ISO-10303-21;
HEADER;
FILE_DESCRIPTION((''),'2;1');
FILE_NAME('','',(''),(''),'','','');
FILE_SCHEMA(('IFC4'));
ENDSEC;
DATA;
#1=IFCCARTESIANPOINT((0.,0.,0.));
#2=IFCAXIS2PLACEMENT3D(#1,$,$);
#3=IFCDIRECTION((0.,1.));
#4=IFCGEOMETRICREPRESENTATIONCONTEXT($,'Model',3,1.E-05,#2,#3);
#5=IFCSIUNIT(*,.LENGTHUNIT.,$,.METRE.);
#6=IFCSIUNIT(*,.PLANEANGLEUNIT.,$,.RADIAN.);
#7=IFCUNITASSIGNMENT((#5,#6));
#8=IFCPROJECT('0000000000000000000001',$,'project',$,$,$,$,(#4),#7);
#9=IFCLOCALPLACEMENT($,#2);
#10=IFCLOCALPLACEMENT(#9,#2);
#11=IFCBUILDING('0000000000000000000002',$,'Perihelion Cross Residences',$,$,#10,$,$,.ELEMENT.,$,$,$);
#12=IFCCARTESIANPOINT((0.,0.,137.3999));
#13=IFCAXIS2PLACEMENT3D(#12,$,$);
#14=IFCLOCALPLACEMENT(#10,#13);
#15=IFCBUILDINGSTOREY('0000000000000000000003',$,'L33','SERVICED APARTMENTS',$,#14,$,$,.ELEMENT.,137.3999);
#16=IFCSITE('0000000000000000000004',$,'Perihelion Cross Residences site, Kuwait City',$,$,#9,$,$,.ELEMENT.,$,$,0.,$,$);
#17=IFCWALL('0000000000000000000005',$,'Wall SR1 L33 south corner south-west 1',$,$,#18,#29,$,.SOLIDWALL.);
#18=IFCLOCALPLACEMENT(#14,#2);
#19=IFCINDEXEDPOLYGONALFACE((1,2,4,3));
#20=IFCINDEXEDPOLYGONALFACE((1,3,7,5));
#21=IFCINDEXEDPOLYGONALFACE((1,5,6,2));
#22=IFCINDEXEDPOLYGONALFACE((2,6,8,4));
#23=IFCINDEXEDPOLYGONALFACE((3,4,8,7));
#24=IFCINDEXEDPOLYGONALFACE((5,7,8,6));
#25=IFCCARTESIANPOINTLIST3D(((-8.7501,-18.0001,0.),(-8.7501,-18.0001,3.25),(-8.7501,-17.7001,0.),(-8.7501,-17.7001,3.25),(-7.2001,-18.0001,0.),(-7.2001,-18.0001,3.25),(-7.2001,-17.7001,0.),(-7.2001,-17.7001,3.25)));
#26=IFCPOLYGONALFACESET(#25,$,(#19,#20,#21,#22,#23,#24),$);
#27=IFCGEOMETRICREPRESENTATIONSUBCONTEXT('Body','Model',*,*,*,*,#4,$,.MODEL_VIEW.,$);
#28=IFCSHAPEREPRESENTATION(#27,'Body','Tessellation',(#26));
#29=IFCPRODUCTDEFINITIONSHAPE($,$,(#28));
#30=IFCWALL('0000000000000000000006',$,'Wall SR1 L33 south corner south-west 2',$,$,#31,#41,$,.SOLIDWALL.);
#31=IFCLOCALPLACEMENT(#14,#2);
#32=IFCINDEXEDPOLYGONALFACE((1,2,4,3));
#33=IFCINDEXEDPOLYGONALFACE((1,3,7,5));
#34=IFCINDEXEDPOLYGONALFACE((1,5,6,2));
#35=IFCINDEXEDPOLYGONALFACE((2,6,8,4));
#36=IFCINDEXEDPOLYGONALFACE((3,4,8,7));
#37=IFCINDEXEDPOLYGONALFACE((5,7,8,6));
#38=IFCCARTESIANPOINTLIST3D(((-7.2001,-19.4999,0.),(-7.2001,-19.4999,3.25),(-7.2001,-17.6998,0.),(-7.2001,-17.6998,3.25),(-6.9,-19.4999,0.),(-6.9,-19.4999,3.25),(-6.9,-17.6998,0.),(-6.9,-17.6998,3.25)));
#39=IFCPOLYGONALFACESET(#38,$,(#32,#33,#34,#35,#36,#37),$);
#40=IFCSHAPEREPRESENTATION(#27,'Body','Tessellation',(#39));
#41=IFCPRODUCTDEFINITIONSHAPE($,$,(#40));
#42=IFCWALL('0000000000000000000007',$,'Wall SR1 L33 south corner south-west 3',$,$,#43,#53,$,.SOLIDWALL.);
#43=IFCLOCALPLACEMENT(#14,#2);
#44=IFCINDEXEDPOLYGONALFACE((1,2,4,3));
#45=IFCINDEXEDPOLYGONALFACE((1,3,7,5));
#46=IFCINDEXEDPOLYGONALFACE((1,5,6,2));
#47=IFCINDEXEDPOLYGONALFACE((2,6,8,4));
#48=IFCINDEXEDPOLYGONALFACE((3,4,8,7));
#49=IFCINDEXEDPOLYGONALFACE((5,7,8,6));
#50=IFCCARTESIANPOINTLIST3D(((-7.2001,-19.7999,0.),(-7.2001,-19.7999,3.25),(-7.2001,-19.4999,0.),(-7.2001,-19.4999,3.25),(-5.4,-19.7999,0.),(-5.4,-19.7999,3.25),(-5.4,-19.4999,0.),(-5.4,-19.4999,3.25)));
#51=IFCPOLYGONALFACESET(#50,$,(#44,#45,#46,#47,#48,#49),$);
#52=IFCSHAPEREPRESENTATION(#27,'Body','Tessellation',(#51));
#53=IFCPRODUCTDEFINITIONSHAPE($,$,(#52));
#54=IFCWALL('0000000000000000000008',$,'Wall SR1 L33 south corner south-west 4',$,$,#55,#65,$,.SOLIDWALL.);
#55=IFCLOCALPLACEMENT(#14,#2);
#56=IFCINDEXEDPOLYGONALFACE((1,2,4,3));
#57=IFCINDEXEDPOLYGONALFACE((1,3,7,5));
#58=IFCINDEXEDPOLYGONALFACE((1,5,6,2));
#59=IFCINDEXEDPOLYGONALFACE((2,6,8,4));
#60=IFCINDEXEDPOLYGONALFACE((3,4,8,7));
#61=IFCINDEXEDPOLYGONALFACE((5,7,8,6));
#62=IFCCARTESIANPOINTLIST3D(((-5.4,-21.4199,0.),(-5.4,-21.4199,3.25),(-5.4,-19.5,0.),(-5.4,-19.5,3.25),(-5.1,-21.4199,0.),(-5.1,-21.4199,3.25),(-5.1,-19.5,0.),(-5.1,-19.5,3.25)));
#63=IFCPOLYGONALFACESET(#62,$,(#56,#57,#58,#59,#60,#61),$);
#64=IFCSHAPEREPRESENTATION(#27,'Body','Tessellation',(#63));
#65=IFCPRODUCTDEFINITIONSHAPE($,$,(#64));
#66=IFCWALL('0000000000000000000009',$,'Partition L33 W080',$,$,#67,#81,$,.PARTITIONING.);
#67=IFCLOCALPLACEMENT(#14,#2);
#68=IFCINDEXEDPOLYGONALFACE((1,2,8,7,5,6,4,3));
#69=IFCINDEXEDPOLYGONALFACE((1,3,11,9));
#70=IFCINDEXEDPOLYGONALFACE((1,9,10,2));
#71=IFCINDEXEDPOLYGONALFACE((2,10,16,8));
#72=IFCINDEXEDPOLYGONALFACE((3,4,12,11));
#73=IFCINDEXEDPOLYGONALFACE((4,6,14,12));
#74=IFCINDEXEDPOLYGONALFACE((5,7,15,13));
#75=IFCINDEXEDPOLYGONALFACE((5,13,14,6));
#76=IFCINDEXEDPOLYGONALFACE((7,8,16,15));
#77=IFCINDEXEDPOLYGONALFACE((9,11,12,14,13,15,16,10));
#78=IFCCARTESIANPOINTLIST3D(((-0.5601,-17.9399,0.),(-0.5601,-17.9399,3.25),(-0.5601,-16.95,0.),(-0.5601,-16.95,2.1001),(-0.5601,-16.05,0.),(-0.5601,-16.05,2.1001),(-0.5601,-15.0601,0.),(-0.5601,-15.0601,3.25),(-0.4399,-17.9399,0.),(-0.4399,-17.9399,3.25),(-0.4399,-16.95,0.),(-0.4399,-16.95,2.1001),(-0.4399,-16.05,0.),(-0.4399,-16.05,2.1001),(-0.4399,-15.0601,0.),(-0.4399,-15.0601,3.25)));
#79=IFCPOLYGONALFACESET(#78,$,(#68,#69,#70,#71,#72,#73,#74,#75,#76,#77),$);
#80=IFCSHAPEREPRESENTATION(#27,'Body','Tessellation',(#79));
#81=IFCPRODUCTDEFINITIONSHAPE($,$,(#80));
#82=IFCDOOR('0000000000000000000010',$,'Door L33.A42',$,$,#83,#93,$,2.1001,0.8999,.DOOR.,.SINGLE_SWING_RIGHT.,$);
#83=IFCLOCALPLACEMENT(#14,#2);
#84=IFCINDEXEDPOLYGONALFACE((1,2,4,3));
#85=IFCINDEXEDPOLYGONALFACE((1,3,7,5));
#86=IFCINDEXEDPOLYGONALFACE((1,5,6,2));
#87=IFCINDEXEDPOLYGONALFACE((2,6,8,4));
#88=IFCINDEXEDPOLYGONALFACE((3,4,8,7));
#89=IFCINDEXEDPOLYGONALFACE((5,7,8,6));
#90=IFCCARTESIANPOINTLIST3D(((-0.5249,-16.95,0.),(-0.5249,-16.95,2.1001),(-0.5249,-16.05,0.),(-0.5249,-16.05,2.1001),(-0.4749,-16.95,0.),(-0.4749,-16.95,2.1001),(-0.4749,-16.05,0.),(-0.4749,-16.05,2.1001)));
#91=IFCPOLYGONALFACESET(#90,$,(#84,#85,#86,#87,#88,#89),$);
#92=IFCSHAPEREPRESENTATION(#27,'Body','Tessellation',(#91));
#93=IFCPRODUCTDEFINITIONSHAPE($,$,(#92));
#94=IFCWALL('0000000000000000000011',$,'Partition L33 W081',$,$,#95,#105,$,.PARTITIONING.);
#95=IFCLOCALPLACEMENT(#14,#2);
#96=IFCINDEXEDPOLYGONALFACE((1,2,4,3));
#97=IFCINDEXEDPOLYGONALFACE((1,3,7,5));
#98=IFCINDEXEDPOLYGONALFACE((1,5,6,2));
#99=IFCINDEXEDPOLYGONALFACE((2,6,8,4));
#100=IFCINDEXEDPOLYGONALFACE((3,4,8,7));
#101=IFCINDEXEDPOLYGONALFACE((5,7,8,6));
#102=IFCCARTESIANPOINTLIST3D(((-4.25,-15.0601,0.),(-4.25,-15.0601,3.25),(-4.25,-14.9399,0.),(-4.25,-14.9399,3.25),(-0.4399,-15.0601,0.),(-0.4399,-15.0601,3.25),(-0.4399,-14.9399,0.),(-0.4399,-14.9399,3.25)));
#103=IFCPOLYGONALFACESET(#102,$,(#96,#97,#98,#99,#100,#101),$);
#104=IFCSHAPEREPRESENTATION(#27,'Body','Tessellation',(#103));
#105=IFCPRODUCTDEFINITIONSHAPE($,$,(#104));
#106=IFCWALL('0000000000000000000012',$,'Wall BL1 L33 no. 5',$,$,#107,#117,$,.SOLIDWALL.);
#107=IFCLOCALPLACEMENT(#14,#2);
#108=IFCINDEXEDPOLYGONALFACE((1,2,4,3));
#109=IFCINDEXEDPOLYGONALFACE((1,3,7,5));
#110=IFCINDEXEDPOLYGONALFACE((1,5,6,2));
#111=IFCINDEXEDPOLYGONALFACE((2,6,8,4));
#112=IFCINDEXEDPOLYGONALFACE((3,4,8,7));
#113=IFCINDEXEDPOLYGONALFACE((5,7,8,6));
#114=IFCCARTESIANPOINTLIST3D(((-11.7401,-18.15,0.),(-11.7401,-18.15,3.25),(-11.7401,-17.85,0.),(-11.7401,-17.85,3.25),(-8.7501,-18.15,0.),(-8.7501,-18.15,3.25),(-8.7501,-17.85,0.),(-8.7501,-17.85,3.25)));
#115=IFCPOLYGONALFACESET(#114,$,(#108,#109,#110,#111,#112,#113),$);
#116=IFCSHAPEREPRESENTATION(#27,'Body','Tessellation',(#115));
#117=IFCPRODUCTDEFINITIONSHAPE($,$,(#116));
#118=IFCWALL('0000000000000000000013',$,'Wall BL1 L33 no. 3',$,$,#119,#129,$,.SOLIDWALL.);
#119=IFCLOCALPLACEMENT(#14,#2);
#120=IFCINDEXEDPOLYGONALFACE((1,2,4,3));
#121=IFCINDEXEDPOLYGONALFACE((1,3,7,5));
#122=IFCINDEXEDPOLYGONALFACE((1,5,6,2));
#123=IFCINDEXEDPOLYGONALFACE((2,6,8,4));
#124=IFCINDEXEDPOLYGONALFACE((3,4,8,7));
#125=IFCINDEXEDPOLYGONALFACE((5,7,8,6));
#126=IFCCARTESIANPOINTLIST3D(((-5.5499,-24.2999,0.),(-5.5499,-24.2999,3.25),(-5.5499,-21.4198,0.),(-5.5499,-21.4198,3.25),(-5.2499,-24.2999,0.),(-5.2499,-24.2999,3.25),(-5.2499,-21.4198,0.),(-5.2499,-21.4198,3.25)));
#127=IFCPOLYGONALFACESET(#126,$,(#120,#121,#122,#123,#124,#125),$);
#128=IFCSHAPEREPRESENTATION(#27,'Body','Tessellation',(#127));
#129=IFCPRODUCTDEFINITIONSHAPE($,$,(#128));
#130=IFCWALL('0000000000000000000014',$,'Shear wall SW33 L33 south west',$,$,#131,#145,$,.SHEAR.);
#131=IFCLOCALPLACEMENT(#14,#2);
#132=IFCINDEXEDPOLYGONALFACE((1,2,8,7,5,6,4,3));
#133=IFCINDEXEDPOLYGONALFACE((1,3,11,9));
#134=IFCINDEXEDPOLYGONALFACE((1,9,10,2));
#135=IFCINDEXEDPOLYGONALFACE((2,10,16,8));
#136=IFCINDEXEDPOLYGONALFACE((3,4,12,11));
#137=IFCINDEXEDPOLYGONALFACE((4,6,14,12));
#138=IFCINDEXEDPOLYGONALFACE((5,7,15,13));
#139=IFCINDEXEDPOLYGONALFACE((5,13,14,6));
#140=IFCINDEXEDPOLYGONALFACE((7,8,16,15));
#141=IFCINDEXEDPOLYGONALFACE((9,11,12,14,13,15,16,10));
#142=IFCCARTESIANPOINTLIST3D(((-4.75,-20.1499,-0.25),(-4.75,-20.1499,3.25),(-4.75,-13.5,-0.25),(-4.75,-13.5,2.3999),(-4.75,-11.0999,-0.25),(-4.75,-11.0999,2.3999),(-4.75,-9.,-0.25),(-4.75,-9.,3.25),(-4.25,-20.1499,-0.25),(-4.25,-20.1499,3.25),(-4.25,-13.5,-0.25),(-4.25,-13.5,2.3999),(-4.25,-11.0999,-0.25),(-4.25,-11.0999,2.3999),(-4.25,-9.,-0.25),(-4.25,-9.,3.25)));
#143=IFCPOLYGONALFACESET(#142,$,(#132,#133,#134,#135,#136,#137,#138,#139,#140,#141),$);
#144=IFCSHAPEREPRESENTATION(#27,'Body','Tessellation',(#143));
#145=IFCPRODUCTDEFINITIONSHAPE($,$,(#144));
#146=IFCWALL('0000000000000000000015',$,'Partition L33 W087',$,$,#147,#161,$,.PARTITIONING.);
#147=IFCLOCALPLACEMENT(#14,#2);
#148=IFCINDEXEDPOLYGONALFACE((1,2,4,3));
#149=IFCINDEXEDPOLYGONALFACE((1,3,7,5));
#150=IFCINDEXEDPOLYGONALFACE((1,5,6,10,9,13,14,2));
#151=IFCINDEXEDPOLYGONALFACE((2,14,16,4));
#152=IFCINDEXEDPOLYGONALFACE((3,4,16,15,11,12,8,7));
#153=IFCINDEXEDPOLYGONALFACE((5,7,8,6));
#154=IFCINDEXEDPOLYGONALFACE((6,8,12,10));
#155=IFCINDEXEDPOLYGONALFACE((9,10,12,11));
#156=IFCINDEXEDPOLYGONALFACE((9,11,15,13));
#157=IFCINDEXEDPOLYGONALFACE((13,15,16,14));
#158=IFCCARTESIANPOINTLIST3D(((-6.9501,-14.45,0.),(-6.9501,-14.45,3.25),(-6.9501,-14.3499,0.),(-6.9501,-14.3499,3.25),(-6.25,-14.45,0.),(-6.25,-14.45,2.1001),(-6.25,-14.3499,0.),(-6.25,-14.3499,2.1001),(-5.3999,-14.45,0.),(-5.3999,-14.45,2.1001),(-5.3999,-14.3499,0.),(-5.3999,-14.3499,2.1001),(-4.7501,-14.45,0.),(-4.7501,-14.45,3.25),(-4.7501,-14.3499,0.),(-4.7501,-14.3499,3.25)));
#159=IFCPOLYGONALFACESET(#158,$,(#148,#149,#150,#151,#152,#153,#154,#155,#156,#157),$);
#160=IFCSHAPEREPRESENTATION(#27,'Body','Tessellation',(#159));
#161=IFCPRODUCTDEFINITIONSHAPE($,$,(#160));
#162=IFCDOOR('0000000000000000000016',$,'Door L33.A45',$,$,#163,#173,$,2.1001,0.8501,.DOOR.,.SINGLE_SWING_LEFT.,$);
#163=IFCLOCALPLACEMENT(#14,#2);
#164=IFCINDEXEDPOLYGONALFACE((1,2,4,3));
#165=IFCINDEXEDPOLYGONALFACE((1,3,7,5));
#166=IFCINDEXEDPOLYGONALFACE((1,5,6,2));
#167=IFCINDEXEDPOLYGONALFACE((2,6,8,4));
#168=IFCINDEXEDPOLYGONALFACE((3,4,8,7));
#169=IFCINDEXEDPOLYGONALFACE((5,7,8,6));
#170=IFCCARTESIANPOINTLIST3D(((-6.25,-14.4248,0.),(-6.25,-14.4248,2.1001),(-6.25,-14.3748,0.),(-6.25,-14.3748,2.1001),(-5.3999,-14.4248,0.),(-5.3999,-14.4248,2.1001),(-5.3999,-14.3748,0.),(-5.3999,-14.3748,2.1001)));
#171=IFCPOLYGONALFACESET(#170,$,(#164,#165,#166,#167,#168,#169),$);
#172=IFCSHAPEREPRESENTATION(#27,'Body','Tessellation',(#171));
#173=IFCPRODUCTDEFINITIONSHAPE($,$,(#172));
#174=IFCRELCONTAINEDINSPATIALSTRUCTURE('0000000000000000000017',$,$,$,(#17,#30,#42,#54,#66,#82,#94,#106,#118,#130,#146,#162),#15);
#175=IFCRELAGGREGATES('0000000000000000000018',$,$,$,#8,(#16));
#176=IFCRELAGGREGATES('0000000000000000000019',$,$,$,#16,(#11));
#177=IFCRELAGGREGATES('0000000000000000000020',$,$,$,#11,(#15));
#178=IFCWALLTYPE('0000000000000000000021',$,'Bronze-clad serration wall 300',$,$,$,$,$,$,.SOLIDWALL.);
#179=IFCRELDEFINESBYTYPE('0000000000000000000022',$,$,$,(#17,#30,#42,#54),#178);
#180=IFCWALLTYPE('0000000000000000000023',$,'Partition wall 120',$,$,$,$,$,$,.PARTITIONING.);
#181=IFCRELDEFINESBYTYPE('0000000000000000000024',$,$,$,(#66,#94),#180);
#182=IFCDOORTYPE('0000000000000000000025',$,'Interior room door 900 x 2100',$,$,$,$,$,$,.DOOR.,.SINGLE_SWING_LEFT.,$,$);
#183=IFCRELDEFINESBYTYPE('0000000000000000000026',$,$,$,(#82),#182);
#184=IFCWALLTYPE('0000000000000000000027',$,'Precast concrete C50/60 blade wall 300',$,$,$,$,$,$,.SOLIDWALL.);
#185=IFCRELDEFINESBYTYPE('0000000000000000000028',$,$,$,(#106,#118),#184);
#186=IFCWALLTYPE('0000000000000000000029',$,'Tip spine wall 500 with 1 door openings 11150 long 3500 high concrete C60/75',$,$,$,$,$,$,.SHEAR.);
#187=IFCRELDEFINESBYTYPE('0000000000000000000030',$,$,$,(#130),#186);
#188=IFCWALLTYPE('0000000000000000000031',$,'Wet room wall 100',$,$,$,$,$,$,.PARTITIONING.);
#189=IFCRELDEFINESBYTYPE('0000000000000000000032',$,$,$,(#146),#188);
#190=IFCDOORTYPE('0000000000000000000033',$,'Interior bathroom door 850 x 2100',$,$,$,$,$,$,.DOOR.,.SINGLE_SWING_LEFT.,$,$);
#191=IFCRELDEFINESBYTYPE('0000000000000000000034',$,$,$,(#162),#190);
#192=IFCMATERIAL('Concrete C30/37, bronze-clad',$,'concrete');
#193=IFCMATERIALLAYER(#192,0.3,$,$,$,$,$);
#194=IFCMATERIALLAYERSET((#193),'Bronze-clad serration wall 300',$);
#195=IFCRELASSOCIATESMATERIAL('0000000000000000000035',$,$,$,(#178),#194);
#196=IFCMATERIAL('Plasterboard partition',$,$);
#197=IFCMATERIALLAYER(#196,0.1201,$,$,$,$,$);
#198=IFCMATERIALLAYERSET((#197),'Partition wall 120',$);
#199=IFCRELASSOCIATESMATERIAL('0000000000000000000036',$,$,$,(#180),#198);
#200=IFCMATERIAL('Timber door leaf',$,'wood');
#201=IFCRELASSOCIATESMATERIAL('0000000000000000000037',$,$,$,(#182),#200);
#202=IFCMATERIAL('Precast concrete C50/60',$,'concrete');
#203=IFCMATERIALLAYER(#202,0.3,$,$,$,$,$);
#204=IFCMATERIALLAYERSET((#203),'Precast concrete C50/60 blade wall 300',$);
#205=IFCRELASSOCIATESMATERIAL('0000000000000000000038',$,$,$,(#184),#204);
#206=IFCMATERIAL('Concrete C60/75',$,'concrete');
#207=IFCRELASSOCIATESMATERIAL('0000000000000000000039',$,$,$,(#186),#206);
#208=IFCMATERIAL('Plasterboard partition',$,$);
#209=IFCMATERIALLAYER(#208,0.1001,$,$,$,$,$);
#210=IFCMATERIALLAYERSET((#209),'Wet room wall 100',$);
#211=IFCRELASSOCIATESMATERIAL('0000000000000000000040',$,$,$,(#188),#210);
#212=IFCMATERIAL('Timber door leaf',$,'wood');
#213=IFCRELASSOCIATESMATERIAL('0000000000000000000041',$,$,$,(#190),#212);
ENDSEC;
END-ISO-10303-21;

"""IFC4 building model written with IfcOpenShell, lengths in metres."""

from ifc_helpers import new_model, si_unit, direction, frame, frame_2d, origin, place, context, subcontext, project, spatial, polyline, rectangle, outline, extrude, material, layer, layer_set, material_profile, profile_set, type_object, element, fill, save


model = new_model("IFC4")

# Units and contexts
model_context = context("Model", 3, precision=1e-05, world=origin(), true_north=direction((0.0, 1.0)))
body_context = subcontext(model_context, "Body", "Model", "MODEL_VIEW")
ifc_project = project(units=[si_unit("LENGTHUNIT", "METRE"), si_unit("PLANEANGLEUNIT", "RADIAN")], contexts=[model_context])

# Site, building, storey
site_placement = place(None, origin())
site = spatial("IfcSite", under=ifc_project, at=site_placement, Name="Perihelion Cross Residences site, Kuwait City", CompositionType="ELEMENT", RefElevation=0.0)
building_placement = place(site_placement, origin())
building = spatial("IfcBuilding", under=site, at=building_placement, Name="Perihelion Cross Residences", CompositionType="ELEMENT")
storey_placement = place(building_placement, frame((0.0, 0.0, 137.3999)))
storey = spatial("IfcBuildingStorey", under=building, at=storey_placement, Name="L33", Description="SERVICED APARTMENTS", CompositionType="ELEMENT", Elevation=137.3999)

# Walls
ifc_material_1 = material(Name="Concrete C30/37, bronze-clad", Category="concrete")
ifc_layer_1 = layer(ifc_material_1, 0.3)
ifc_layer_set_1 = layer_set([ifc_layer_1], Name="Bronze-clad serration wall 300")
wall_type_1 = type_object("IfcWallType", Name="Bronze-clad serration wall 300", PredefinedType="SOLIDWALL", material=ifc_layer_set_1)
wall_1_placement = place(storey_placement, frame((-8.75, -17.8501, 0.0), z_axis=(0.0, 0.0, 1.0), x_axis=(1.0, 0.0, 0.0)))
element("IfcWall", 1, at=wall_1_placement, inside=storey, type_object=wall_type_1, Name="Wall SR1 L33 south corner south-west 1", PredefinedType="SOLIDWALL", context=body_context, shape_type="SweptSolid", body=[
    extrude(rectangle(XDim=1.55, YDim=0.3, at=frame_2d((0.7749, 0.0))), origin(), (0.0, 0.0, 1.0), 3.25),
])
for number, where, z_axis, x_axis, name in (
    (2, (-7.05, -17.7, 0.0), (0.0, 0.0, 1.0), (0.0, -1.0, 0.0), "Wall SR1 L33 south corner south-west 2"),
    (3, (-7.2, -19.6499, 0.0), (0.0, 0.0, 1.0), (1.0, 0.0, 0.0), "Wall SR1 L33 south corner south-west 3"),
):
    element("IfcWall", number, at=place(storey_placement, frame(where, z_axis=z_axis, x_axis=x_axis)), inside=storey, type_object=wall_type_1, Name=name, PredefinedType="SOLIDWALL", context=body_context, shape_type="SweptSolid", body=[
        extrude(rectangle(XDim=1.8, YDim=0.3, at=frame_2d((0.8999, 0.0))), origin(), (0.0, 0.0, 1.0), 3.25),
    ])
wall_2_placement = place(storey_placement, frame((-5.25, -19.5, 0.0), z_axis=(0.0, 0.0, 1.0), x_axis=(0.0, -1.0, 0.0)))
element("IfcWall", 4, at=wall_2_placement, inside=storey, type_object=wall_type_1, Name="Wall SR1 L33 south corner south-west 4", PredefinedType="SOLIDWALL", context=body_context, shape_type="SweptSolid", body=[
    extrude(rectangle(XDim=1.9199, YDim=0.3, at=frame_2d((0.96, 0.0))), origin(), (0.0, 0.0, 1.0), 3.25),
])

# Wall, opening, door
ifc_material_2 = material(Name="Plasterboard partition")
ifc_layer_2 = layer(ifc_material_2, 0.1201)
ifc_layer_set_2 = layer_set([ifc_layer_2], Name="Partition wall 120")
wall_type_2 = type_object("IfcWallType", Name="Partition wall 120", PredefinedType="PARTITIONING", material=ifc_layer_set_2)
wall_3_placement = place(storey_placement, frame((-0.5, -17.9399, 0.0), z_axis=(0.0, 0.0, 1.0), x_axis=(0.0, 1.0, 0.0)))
wall_3 = element("IfcWall", 5, at=wall_3_placement, inside=storey, type_object=wall_type_2, Name="Partition L33 W080", PredefinedType="PARTITIONING", context=body_context, shape_type="SweptSolid", body=[
    extrude(rectangle(XDim=2.8799, YDim=0.1201, at=frame_2d((1.4399, 0.0))), origin(), (0.0, 0.0, 1.0), 3.25),
])
opening_1_placement = place(wall_3_placement, frame((0.99, 0.0, 0.0)))
opening_1 = element("IfcOpeningElement", 6, at=opening_1_placement, cuts=wall_3, PredefinedType="OPENING", context=body_context, shape_type="SweptSolid", body=[
    extrude(rectangle(XDim=0.8999, YDim=2.1001, at=frame_2d((0.45, 1.05))), frame((0.0, 0.0701, 0.0), z_axis=(0.0, -1.0, 0.0), x_axis=(1.0, 0.0, 0.0)), (0.0, 0.0, 1.0), 0.1401),
])
ifc_material_3 = material(Name="Timber door leaf", Category="wood")
door_type_1 = type_object("IfcDoorType", Name="Interior room door 900 x 2100", OperationType="SINGLE_SWING_LEFT", PredefinedType="DOOR", material=ifc_material_3)
door_1_placement = place(opening_1_placement, origin())
door_1 = element("IfcDoor", 7, at=door_1_placement, inside=storey, type_object=door_type_1, Name="Door L33.A42", OperationType="SINGLE_SWING_RIGHT", OverallHeight=2.1001, OverallWidth=0.8999, PredefinedType="DOOR", context=body_context, shape_type="SweptSolid", body=[
    extrude(rectangle(XDim=0.8999, YDim=2.1001, at=frame_2d((0.45, 1.05))), frame((0.0, 0.0249, 0.0), z_axis=(0.0, -1.0, 0.0), x_axis=(1.0, 0.0, 0.0)), (0.0, 0.0, 1.0), 0.05),
])
fill(opening_1, door_1)

# Walls
wall_4_placement = place(storey_placement, frame((-0.4399, -15.0, 0.0), z_axis=(0.0, 0.0, 1.0), x_axis=(-1.0, 0.0, 0.0)))
element("IfcWall", 8, at=wall_4_placement, inside=storey, type_object=wall_type_2, Name="Partition L33 W081", PredefinedType="PARTITIONING", context=body_context, shape_type="SweptSolid", body=[
    extrude(rectangle(XDim=3.8101, YDim=0.1201, at=frame_2d((1.905, 0.0))), origin(), (0.0, 0.0, 1.0), 3.25),
])
ifc_material_4 = material(Name="Precast concrete C50/60", Category="concrete")
ifc_layer_3 = layer(ifc_material_4, 0.3)
ifc_layer_set_3 = layer_set([ifc_layer_3], Name="Precast concrete C50/60 blade wall 300")
wall_type_3 = type_object("IfcWallType", Name="Precast concrete C50/60 blade wall 300", PredefinedType="SOLIDWALL", material=ifc_layer_set_3)
wall_5_placement = place(storey_placement, frame((-8.75, -18.0, 0.0), z_axis=(0.0, 0.0, 1.0), x_axis=(-1.0, 0.0, 0.0)))
element("IfcWall", 9, at=wall_5_placement, inside=storey, type_object=wall_type_3, Name="Wall BL1 L33 no. 5", PredefinedType="SOLIDWALL", context=body_context, shape_type="SweptSolid", body=[
    extrude(rectangle(XDim=2.99, YDim=0.3, at=frame_2d((1.4951, 0.0))), origin(), (0.0, 0.0, 1.0), 3.25),
])
wall_6_placement = place(storey_placement, frame((-5.3999, -21.4199, 0.0), z_axis=(0.0, 0.0, 1.0), x_axis=(0.0, -1.0, 0.0)))
element("IfcWall", 10, at=wall_6_placement, inside=storey, type_object=wall_type_3, Name="Wall BL1 L33 no. 3", PredefinedType="SOLIDWALL", context=body_context, shape_type="SweptSolid", body=[
    extrude(rectangle(XDim=2.8801, YDim=0.3, at=frame_2d((1.4399, 0.0))), origin(), (0.0, 0.0, 1.0), 3.25),
])
ifc_material_5 = material(Name="Concrete C60/75", Category="concrete")
ifc_material_profile_1 = material_profile(ifc_material_5, outline(polyline([(0.0, 0.0), (6.6499, 0.0), (6.6499, 2.6499), (9.05, 2.6499), (9.05, 0.0), (11.1499, 0.0), (11.1499, 3.5), (0.0, 3.5), (0.0, 0.0)])), Name="Tip spine wall")
ifc_profile_set_1 = profile_set([ifc_material_profile_1], Name="Concrete C60/75")
wall_type_4 = type_object("IfcWallType", Name="Tip spine wall 500 with 1 door openings 11150 long 3500 high concrete C60/75", PredefinedType="SHEAR", material=ifc_profile_set_1)
wall_7_placement = place(storey_placement, frame((-4.75, -20.1499, -0.25), z_axis=(1.0, 0.0, 0.0), x_axis=(0.0, 1.0, 0.0)))
element("IfcWall", 11, at=wall_7_placement, inside=storey, type_object=wall_type_4, Name="Shear wall SW33 L33 south west", PredefinedType="SHEAR", context=body_context, shape_type="SweptSolid", body=[
    extrude(outline(polyline([(0.0, 0.0), (6.6499, 0.0), (6.6499, 2.6499), (9.05, 2.6499), (9.05, 0.0), (11.1499, 0.0), (11.1499, 3.5), (0.0, 3.5), (0.0, 0.0)])), origin(), (0.0, 0.0, 1.0), 0.5),
])

# Wall, opening, door
ifc_material_6 = material(Name="Plasterboard partition")
ifc_layer_4 = layer(ifc_material_6, 0.1001)
ifc_layer_set_4 = layer_set([ifc_layer_4], Name="Wet room wall 100")
wall_type_5 = type_object("IfcWallType", Name="Wet room wall 100", PredefinedType="PARTITIONING", material=ifc_layer_set_4)
wall_8_placement = place(storey_placement, frame((-4.75, -14.3999, 0.0), z_axis=(0.0, 0.0, 1.0), x_axis=(-1.0, 0.0, 0.0)))
wall_8 = element("IfcWall", 12, at=wall_8_placement, inside=storey, type_object=wall_type_5, Name="Partition L33 W087", PredefinedType="PARTITIONING", context=body_context, shape_type="SweptSolid", body=[
    extrude(rectangle(XDim=2.2, YDim=0.1001, at=frame_2d((1.1001, 0.0))), origin(), (0.0, 0.0, 1.0), 3.25),
])
opening_2_placement = place(wall_8_placement, frame((0.6499, 0.0, 0.0)))
opening_2 = element("IfcOpeningElement", 13, at=opening_2_placement, cuts=wall_8, PredefinedType="OPENING", context=body_context, shape_type="SweptSolid", body=[
    extrude(rectangle(XDim=0.8501, YDim=2.1001, at=frame_2d((0.425, 1.05))), frame((0.0, 0.0601, 0.0), z_axis=(0.0, -1.0, 0.0), x_axis=(1.0, 0.0, 0.0)), (0.0, 0.0, 1.0), 0.1201),
])
ifc_material_7 = material(Name="Timber door leaf", Category="wood")
door_type_2 = type_object("IfcDoorType", Name="Interior bathroom door 850 x 2100", OperationType="SINGLE_SWING_LEFT", PredefinedType="DOOR", material=ifc_material_7)
door_2_placement = place(opening_2_placement, origin())
door_2 = element("IfcDoor", 14, at=door_2_placement, inside=storey, type_object=door_type_2, Name="Door L33.A45", OperationType="SINGLE_SWING_LEFT", OverallHeight=2.1001, OverallWidth=0.8501, PredefinedType="DOOR", context=body_context, shape_type="SweptSolid", body=[
    extrude(rectangle(XDim=0.8501, YDim=2.1001, at=frame_2d((0.425, 1.05))), frame((0.0, 0.0249, 0.0), z_axis=(0.0, -1.0, 0.0), x_axis=(1.0, 0.0, 0.0)), (0.0, 0.0, 1.0), 0.05),
])
fill(opening_2, door_2)

save(model, "model.ifc")
